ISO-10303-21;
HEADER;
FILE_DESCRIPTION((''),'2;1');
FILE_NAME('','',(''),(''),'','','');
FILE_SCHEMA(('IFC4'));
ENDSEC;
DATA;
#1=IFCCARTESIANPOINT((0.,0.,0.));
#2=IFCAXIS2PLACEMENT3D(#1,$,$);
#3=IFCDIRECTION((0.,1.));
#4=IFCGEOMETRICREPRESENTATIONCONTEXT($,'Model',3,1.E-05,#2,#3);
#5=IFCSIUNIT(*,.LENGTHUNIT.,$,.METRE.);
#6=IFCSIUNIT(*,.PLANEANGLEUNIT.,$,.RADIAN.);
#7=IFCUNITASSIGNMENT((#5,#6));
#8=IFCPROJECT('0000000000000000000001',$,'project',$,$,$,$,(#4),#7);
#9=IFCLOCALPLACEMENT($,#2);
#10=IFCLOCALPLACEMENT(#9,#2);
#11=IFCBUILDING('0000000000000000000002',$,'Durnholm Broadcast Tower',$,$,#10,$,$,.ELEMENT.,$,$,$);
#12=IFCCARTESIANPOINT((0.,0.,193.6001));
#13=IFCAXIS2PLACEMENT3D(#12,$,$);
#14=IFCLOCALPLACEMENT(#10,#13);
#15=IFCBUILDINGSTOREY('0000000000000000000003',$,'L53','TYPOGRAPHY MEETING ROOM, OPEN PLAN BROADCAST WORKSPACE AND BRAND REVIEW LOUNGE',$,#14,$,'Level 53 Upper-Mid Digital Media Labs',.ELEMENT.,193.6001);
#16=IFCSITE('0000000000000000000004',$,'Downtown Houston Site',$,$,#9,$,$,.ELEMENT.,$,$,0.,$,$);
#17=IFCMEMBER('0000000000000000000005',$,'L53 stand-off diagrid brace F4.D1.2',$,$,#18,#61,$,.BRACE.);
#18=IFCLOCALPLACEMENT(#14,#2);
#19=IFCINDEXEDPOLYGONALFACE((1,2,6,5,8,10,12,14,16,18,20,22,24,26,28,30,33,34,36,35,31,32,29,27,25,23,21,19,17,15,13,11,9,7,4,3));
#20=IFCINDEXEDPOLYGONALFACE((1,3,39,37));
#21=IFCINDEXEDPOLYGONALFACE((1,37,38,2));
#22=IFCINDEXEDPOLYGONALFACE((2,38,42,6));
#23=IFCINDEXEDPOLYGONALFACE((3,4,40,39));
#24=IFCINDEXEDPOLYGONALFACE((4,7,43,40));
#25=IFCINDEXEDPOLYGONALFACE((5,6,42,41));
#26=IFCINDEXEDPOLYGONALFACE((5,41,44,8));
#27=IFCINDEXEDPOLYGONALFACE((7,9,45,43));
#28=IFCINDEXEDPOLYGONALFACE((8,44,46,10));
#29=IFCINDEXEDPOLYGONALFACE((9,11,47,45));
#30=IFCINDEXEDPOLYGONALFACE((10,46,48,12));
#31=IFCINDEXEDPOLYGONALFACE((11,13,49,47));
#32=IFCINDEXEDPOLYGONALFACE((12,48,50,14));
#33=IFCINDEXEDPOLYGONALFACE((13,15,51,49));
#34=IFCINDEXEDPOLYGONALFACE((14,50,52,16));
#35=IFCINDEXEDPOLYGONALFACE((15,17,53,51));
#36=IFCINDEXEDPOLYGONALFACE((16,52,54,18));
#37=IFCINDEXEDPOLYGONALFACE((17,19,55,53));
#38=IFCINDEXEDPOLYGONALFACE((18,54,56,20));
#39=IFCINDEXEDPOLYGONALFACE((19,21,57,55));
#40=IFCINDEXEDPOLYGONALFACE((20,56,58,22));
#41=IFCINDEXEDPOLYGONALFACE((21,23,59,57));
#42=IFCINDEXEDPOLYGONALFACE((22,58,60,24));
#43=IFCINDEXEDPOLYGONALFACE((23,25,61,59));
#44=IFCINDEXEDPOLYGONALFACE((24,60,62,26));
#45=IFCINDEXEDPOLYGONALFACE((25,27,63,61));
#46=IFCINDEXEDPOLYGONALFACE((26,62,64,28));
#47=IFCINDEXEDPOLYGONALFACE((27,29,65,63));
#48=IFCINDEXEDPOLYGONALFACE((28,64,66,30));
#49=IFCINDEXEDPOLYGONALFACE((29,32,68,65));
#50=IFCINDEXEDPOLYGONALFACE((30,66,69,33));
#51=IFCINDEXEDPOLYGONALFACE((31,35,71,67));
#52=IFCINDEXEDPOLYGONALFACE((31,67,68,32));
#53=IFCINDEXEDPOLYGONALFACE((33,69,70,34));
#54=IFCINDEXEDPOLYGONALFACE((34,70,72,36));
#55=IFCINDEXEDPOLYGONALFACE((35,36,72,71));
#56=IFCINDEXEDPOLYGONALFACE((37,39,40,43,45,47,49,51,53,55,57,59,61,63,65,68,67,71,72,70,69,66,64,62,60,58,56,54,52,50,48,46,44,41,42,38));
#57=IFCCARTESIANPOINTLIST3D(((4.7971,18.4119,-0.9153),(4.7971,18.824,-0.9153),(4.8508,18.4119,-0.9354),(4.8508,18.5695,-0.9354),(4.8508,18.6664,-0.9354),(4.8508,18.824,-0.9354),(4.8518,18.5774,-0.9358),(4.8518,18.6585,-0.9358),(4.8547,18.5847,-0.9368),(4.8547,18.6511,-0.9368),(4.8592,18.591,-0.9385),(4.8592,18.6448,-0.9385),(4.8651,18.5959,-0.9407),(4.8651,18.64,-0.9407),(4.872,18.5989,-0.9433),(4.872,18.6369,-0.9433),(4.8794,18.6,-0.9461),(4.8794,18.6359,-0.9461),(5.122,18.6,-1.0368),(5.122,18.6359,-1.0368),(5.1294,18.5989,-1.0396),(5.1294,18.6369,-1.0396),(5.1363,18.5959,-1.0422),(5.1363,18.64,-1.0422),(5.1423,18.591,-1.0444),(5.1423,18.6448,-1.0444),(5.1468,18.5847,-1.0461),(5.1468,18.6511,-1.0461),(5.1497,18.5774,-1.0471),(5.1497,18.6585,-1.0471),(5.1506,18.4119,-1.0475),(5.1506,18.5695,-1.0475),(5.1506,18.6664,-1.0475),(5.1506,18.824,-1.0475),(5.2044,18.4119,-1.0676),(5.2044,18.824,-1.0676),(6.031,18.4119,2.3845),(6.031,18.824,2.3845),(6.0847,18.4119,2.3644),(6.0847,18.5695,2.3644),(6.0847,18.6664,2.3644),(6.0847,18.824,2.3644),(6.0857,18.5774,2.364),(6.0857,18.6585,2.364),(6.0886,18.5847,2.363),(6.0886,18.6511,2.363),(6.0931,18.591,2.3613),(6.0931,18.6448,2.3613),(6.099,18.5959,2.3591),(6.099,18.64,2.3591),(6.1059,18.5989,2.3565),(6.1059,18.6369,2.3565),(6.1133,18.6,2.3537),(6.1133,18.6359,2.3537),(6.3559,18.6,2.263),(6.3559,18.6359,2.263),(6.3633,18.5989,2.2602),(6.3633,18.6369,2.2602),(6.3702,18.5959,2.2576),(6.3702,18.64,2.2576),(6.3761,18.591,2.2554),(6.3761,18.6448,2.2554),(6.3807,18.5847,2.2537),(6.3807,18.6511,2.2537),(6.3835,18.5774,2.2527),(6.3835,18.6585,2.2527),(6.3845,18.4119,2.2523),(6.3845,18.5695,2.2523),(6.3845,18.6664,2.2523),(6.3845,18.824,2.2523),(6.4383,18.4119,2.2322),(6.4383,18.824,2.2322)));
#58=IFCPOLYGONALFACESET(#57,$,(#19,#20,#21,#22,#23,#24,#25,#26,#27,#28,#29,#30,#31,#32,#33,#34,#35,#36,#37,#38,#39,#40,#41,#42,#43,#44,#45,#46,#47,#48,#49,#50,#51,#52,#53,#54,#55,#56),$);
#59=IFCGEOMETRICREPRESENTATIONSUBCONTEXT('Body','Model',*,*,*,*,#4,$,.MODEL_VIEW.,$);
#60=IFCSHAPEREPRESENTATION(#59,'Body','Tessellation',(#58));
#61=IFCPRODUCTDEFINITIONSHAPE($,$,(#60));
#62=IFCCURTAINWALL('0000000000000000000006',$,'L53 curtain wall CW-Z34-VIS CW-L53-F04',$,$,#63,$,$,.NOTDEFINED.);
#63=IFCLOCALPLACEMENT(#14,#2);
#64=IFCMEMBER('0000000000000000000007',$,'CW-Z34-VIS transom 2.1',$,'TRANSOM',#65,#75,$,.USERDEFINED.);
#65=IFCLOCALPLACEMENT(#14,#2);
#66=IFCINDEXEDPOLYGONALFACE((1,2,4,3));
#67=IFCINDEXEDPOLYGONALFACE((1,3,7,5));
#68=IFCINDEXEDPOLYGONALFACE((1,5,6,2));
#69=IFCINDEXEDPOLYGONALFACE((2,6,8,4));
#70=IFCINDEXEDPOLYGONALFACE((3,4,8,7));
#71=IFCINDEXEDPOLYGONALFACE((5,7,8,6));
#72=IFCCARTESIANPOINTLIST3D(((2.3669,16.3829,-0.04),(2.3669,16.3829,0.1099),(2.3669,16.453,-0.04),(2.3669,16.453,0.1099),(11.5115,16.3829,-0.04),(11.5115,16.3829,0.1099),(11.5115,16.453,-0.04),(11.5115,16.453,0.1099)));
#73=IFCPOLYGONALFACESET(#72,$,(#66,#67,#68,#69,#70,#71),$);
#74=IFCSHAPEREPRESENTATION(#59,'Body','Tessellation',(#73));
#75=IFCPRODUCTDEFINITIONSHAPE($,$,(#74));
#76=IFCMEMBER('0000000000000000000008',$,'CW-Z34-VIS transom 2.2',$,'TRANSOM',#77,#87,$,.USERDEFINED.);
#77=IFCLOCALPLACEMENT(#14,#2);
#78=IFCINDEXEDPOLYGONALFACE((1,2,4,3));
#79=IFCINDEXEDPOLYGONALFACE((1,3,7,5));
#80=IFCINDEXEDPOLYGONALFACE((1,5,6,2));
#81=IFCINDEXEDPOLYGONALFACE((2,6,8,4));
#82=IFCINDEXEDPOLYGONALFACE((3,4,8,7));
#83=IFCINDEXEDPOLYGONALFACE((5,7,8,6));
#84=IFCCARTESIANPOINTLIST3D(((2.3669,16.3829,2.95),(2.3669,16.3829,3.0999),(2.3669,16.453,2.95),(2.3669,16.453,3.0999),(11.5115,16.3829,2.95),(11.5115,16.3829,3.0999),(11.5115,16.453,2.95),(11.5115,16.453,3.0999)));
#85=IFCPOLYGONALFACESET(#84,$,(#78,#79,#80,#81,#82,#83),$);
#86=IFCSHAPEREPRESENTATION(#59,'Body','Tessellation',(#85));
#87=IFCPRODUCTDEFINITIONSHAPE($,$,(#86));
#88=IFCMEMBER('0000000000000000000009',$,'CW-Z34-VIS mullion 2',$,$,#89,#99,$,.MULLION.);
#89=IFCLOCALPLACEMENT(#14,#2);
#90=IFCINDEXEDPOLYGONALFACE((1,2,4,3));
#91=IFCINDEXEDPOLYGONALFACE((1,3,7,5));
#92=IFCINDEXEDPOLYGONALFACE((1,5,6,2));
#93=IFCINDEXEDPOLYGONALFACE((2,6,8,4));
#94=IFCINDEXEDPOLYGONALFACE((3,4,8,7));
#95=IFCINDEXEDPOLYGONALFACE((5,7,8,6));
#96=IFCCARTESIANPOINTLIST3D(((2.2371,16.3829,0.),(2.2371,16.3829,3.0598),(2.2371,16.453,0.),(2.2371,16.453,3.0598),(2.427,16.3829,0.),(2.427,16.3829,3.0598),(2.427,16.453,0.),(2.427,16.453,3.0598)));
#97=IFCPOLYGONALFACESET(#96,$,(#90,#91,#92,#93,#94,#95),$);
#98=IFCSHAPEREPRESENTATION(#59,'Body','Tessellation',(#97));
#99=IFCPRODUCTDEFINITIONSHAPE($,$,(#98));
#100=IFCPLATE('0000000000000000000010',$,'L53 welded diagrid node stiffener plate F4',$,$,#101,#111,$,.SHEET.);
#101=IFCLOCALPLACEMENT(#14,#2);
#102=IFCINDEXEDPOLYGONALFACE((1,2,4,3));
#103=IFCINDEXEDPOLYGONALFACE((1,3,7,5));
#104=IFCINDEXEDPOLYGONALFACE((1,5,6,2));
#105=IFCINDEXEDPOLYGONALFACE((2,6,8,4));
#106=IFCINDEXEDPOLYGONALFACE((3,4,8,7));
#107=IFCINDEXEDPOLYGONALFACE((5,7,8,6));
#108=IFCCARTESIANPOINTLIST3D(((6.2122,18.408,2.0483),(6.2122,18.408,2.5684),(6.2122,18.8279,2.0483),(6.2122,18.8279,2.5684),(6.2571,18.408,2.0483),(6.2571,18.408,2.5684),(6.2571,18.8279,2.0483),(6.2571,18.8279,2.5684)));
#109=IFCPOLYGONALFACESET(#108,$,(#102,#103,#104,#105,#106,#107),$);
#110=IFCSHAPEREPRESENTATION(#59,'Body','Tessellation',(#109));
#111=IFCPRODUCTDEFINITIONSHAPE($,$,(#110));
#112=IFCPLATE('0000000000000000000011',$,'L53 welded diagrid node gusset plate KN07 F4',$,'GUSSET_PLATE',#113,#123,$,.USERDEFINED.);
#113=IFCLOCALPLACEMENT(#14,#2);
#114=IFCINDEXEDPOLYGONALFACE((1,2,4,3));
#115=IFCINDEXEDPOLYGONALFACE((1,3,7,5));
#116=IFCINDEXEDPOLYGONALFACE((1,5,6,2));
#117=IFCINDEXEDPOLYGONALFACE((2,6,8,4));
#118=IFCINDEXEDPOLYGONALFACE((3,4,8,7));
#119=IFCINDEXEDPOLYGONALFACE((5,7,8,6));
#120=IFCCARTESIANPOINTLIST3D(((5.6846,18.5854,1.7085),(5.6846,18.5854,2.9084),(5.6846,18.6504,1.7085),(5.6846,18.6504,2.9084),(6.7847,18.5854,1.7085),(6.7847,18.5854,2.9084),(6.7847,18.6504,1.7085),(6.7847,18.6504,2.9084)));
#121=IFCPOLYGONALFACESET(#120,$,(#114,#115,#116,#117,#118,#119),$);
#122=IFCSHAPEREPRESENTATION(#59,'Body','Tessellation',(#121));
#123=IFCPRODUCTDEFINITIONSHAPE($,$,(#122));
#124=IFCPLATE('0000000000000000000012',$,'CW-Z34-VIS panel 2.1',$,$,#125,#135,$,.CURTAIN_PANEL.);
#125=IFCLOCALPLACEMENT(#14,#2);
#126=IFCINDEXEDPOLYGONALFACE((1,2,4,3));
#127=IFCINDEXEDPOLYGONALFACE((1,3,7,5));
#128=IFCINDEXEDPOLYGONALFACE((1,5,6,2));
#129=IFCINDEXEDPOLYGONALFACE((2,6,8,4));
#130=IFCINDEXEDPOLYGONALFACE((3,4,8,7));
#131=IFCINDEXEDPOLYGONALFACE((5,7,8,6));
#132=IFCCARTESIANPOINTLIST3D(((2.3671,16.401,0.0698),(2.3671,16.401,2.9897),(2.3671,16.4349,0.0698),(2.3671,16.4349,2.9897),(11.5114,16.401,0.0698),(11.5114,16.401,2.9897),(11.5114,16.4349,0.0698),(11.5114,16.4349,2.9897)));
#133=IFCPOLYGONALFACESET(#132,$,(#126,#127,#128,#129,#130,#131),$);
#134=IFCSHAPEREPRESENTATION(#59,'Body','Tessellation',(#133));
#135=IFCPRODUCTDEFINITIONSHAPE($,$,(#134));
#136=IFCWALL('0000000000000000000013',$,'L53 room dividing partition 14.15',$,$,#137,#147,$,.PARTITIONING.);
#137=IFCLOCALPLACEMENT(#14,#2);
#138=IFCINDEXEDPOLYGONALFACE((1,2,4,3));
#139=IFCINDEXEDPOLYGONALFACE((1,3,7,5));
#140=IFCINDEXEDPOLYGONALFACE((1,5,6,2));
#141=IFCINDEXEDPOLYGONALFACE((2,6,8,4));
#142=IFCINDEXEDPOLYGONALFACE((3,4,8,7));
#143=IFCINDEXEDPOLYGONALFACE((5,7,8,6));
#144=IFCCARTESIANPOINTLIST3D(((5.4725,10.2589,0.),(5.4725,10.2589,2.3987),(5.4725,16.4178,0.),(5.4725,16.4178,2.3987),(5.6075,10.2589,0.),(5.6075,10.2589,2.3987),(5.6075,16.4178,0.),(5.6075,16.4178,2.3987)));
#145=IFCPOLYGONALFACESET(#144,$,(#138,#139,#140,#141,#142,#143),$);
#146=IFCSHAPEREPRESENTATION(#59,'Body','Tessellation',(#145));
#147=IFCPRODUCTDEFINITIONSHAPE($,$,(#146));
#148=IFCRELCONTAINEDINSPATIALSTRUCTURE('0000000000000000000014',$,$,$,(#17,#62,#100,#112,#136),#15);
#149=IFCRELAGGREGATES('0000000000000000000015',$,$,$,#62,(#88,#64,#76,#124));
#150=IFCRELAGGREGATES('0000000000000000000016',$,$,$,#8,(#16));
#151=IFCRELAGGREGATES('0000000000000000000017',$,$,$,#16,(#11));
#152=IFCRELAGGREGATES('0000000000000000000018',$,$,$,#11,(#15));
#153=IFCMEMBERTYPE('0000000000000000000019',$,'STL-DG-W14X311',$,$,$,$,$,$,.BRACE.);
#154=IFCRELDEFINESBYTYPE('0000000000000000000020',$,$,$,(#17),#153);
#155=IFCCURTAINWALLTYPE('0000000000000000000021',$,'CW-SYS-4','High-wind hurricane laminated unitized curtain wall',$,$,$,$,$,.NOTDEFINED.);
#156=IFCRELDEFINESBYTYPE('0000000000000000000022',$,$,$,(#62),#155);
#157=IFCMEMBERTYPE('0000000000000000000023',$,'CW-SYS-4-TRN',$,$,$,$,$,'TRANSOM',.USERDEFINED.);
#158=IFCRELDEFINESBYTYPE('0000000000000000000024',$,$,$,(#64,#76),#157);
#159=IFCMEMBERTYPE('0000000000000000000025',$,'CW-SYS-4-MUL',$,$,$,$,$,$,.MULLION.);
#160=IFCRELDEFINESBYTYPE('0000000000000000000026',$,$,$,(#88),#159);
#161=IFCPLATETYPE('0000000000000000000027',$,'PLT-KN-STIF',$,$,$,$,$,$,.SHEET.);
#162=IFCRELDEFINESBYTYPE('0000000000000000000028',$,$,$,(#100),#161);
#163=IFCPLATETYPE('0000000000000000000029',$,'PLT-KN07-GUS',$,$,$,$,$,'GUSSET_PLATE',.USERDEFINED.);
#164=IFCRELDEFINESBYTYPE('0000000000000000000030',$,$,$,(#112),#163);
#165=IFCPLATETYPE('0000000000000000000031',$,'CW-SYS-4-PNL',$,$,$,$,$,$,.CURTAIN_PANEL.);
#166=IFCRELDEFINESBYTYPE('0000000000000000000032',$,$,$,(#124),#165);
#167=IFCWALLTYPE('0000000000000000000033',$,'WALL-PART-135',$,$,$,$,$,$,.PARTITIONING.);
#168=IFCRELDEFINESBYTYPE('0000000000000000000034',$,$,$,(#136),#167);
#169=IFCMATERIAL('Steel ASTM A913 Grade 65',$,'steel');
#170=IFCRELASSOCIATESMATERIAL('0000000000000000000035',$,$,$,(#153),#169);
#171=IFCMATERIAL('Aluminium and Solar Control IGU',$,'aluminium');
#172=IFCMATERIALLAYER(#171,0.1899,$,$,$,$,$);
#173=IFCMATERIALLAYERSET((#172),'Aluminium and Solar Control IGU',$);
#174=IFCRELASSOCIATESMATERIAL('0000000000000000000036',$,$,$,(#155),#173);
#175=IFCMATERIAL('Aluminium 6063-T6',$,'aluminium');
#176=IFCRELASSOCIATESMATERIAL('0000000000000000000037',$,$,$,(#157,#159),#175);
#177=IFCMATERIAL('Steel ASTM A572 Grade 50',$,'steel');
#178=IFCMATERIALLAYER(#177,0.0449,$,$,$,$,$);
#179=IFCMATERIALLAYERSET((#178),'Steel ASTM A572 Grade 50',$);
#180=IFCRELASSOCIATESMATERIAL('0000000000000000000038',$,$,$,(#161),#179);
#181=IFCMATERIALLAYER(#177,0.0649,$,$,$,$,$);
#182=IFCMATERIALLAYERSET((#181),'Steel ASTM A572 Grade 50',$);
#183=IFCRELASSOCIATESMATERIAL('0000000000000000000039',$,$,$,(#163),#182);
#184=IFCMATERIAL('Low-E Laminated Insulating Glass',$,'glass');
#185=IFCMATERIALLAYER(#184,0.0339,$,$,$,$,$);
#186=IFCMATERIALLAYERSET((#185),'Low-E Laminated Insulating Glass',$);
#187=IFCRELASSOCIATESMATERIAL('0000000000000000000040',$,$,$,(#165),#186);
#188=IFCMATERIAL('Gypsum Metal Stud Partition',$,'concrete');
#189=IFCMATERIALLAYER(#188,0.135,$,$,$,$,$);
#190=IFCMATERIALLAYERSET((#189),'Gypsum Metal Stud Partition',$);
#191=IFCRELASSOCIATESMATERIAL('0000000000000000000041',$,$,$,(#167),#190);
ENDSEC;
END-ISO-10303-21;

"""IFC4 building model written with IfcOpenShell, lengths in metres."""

from ifc_helpers import new_model, si_unit, direction, frame, frame_2d, origin, origin_2d, place, context, subcontext, project, spatial, rectangle, i_section, extrude, source, transform, mapped, material, layer, layer_set, material_profile, profile_set, type_object, type_shapes, element, aggregate, save


model = new_model("IFC4")

# Units and contexts
model_context = context("Model", 3, precision=1e-05, world=origin(), true_north=direction((0.0, 1.0)))
body_context = subcontext(model_context, "Body", "Model", "MODEL_VIEW")
ifc_project = project(units=[si_unit("LENGTHUNIT", "METRE"), si_unit("PLANEANGLEUNIT", "RADIAN")], contexts=[model_context])

# Site, building, storey
site_placement = place(None, origin())
site = spatial("IfcSite", under=ifc_project, at=site_placement, Name="Downtown Houston Site", CompositionType="ELEMENT", RefElevation=0.0)
building_placement = place(site_placement, origin())
building = spatial("IfcBuilding", under=site, at=building_placement, Name="Durnholm Broadcast Tower", CompositionType="ELEMENT")
storey_placement = place(building_placement, frame((0.0, 0.0, 193.6001)))
storey = spatial("IfcBuildingStorey", under=building, at=storey_placement, Name="L53", Description="TYPOGRAPHY MEETING ROOM, OPEN PLAN BROADCAST WORKSPACE AND BRAND REVIEW LOUNGE", LongName="Level 53 Upper-Mid Digital Media Labs", CompositionType="ELEMENT", Elevation=193.6001)

# Member
ifc_material_1 = material(Name="Steel ASTM A913 Grade 65", Category="steel")
ifc_material_profile_1 = material_profile(ifc_material_1, i_section(OverallWidth=0.4121, OverallDepth=0.4348, WebThickness=0.0359, FlangeThickness=0.0574, FilletRadius=0.0305, at=origin_2d()), Name="W14X311")
ifc_profile_set_1 = profile_set([ifc_material_profile_1], Name="Steel ASTM A913 Grade 65")
member_type_1 = type_object("IfcMemberType", Name="STL-DG-W14X311", PredefinedType="BRACE", material=ifc_profile_set_1)
shared_shape_1 = source(origin(), body_context, "Body", "SweptSolid", [
    extrude(i_section(OverallWidth=0.4121, OverallDepth=0.4348, WebThickness=0.0359, FlangeThickness=0.0574, FilletRadius=0.0305, at=origin_2d()), origin(), (0.0, 0.0, 1.0), 3.5229),
])
type_shapes(member_type_1, [shared_shape_1])
for number, where, z_axis, x_axis, name in (
    (1, (5.0007, 18.6179, -0.9915), (0.350242, 0.0, 0.936659), (0.0, 1.0, 0.0), "L53 stand-off diagrid brace F4.D1.2"),
):
    element("IfcMember", number, at=place(storey_placement, frame(where, z_axis=z_axis, x_axis=x_axis)), inside=storey, type_object=member_type_1, Name=name, PredefinedType="BRACE", context=body_context, shape_type="MappedRepresentation", body=[
        mapped(shared_shape_1, transform((0.0, 0.0, 0.0), x_axis=(1.0, 0.0, 0.0), y_axis=(0.0, 1.0, 0.0), z_axis=(0.0, 0.0, 1.0), scale=1.0)),
    ])

# Curtain wall, members
ifc_material_2 = material(Name="Aluminium and Solar Control IGU", Category="aluminium")
ifc_layer_1 = layer(ifc_material_2, 0.1899)
ifc_layer_set_1 = layer_set([ifc_layer_1], Name="Aluminium and Solar Control IGU")
curtain_wall_type = type_object("IfcCurtainWallType", Name="CW-SYS-4", Description="High-wind hurricane laminated unitized curtain wall", PredefinedType="NOTDEFINED", material=ifc_layer_set_1)
curtain_wall_placement = place(storey_placement, origin())
curtain_wall = element("IfcCurtainWall", 2, at=curtain_wall_placement, inside=storey, type_object=curtain_wall_type, Name="L53 curtain wall CW-Z34-VIS CW-L53-F04", PredefinedType="NOTDEFINED")
ifc_material_3 = material(Name="Aluminium 6063-T6", Category="aluminium")
ifc_material_profile_2 = material_profile(ifc_material_3, rectangle(XDim=0.0701, YDim=0.1499, at=origin_2d()), Name="CWT70X150")
ifc_profile_set_2 = profile_set([ifc_material_profile_2], Name="Aluminium 6063-T6")
member_type_2 = type_object("IfcMemberType", Name="CW-SYS-4-TRN", ElementType="TRANSOM", PredefinedType="USERDEFINED", material=ifc_profile_set_2)
shared_shape_2 = source(origin(), body_context, "Body", "SweptSolid", [
    extrude(rectangle(XDim=0.0701, YDim=0.1499, at=origin_2d()), origin(), (0.0, 0.0, 1.0), 9.1445),
])
type_shapes(member_type_2, [shared_shape_2])
member_1_placement = place(storey_placement, frame((2.3669, 16.418, 0.0349), z_axis=(1.0, 0.0, 0.0), x_axis=(0.0, 1.0, 0.0)))
member_1 = element("IfcMember", 3, at=member_1_placement, type_object=member_type_2, Name="CW-Z34-VIS transom 2.1", ObjectType="TRANSOM", PredefinedType="USERDEFINED", context=body_context, shape_type="MappedRepresentation", body=[
    mapped(shared_shape_2, transform((0.0, 0.0, 0.0), x_axis=(1.0, 0.0, 0.0), y_axis=(0.0, 1.0, 0.0), z_axis=(0.0, 0.0, 1.0), scale=1.0)),
])
member_2_placement = place(storey_placement, frame((2.3669, 16.418, 3.0249), z_axis=(1.0, 0.0, 0.0), x_axis=(0.0, 1.0, 0.0)))
member_2 = element("IfcMember", 4, at=member_2_placement, type_object=member_type_2, Name="CW-Z34-VIS transom 2.2", ObjectType="TRANSOM", PredefinedType="USERDEFINED", context=body_context, shape_type="MappedRepresentation", body=[
    mapped(shared_shape_2, transform((0.0, 0.0, 0.0), x_axis=(1.0, 0.0, 0.0), y_axis=(0.0, 1.0, 0.0), z_axis=(0.0, 0.0, 1.0), scale=1.0)),
])
ifc_material_profile_3 = material_profile(ifc_material_3, rectangle(XDim=0.0701, YDim=0.1899, at=origin_2d()), Name="CWM70X190")
ifc_profile_set_3 = profile_set([ifc_material_profile_3], Name="Aluminium 6063-T6")
member_type_3 = type_object("IfcMemberType", Name="CW-SYS-4-MUL", PredefinedType="MULLION", material=ifc_profile_set_3)
shared_shape_3 = source(origin(), body_context, "Body", "SweptSolid", [
    extrude(rectangle(XDim=0.0701, YDim=0.1899, at=origin_2d()), origin(), (0.0, 0.0, 1.0), 3.0598),
])
type_shapes(member_type_3, [shared_shape_3])
member_3_placement = place(storey_placement, frame((2.332, 16.418, 0.0), z_axis=(0.0, 0.0, 1.0), x_axis=(0.0, 1.0, 0.0)))
member_3 = element("IfcMember", 5, at=member_3_placement, type_object=member_type_3, Name="CW-Z34-VIS mullion 2", PredefinedType="MULLION", context=body_context, shape_type="MappedRepresentation", body=[
    mapped(shared_shape_3, transform((0.0, 0.0, 0.0), x_axis=(1.0, 0.0, 0.0), y_axis=(0.0, 1.0, 0.0), z_axis=(0.0, 0.0, 1.0), scale=1.0)),
])

# Plates
ifc_material_4 = material(Name="Steel ASTM A572 Grade 50", Category="steel")
ifc_layer_2 = layer(ifc_material_4, 0.0449)
ifc_layer_set_2 = layer_set([ifc_layer_2], Name="Steel ASTM A572 Grade 50")
plate_type_1 = type_object("IfcPlateType", Name="PLT-KN-STIF", PredefinedType="SHEET", material=ifc_layer_set_2)
shared_shape_4 = source(origin(), body_context, "Body", "SweptSolid", [
    extrude(rectangle(XDim=0.0449, YDim=0.4199, at=origin_2d()), origin(), (0.0, 0.0, 1.0), 0.52),
])
type_shapes(plate_type_1, [shared_shape_4])
plate_1_placement = place(storey_placement, frame((6.2346, 18.6179, 2.0483), z_axis=(0.0, 0.0, 1.0), x_axis=(-1.0, 0.0, 0.0)))
element("IfcPlate", 6, at=plate_1_placement, inside=storey, type_object=plate_type_1, Name="L53 welded diagrid node stiffener plate F4", PredefinedType="SHEET", context=body_context, shape_type="MappedRepresentation", body=[
    mapped(shared_shape_4, transform((0.0, 0.0, 0.0), x_axis=(1.0, 0.0, 0.0), y_axis=(0.0, 1.0, 0.0), z_axis=(0.0, 0.0, 1.0), scale=1.0)),
])
ifc_layer_3 = layer(ifc_material_4, 0.0649)
ifc_layer_set_3 = layer_set([ifc_layer_3], Name="Steel ASTM A572 Grade 50")
plate_type_2 = type_object("IfcPlateType", Name="PLT-KN07-GUS", ElementType="GUSSET_PLATE", PredefinedType="USERDEFINED", material=ifc_layer_set_3)
shared_shape_5 = source(origin(), body_context, "Body", "SweptSolid", [
    extrude(rectangle(XDim=1.1001, YDim=0.0649, at=origin_2d()), origin(), (0.0, 0.0, 1.0), 1.2),
])
type_shapes(plate_type_2, [shared_shape_5])
plate_2_placement = place(storey_placement, frame((6.2346, 18.6179, 1.7085), z_axis=(0.0, 0.0, 1.0), x_axis=(-1.0, 0.0, 0.0)))
element("IfcPlate", 7, at=plate_2_placement, inside=storey, type_object=plate_type_2, Name="L53 welded diagrid node gusset plate KN07 F4", ObjectType="GUSSET_PLATE", PredefinedType="USERDEFINED", context=body_context, shape_type="MappedRepresentation", body=[
    mapped(shared_shape_5, transform((0.0, 0.0, 0.0), x_axis=(1.0, 0.0, 0.0), y_axis=(0.0, 1.0, 0.0), z_axis=(0.0, 0.0, 1.0), scale=1.0)),
])

# Plate
ifc_material_5 = material(Name="Low-E Laminated Insulating Glass", Category="glass")
ifc_layer_4 = layer(ifc_material_5, 0.0339)
ifc_layer_set_4 = layer_set([ifc_layer_4], Name="Low-E Laminated Insulating Glass")
plate_type_3 = type_object("IfcPlateType", Name="CW-SYS-4-PNL", PredefinedType="CURTAIN_PANEL", material=ifc_layer_set_4)
shared_shape_6 = source(origin(), body_context, "Body", "SweptSolid", [
    extrude(rectangle(XDim=9.1443, YDim=0.0339, at=origin_2d()), origin(), (0.0, 0.0, 1.0), 2.9199),
])
type_shapes(plate_type_3, [shared_shape_6])
plate_3_placement = place(storey_placement, frame((6.9392, 16.418, 0.0698), z_axis=(0.0, 0.0, 1.0), x_axis=(1.0, 0.0, 0.0)))
plate_3 = element("IfcPlate", 8, at=plate_3_placement, type_object=plate_type_3, Name="CW-Z34-VIS panel 2.1", PredefinedType="CURTAIN_PANEL", context=body_context, shape_type="MappedRepresentation", body=[
    mapped(shared_shape_6, transform((0.0, 0.0, 0.0), x_axis=(1.0, 0.0, 0.0), y_axis=(0.0, 1.0, 0.0), z_axis=(0.0, 0.0, 1.0), scale=1.0)),
])
aggregate(curtain_wall, [member_3, member_1, member_2, plate_3])

# Wall
ifc_material_6 = material(Name="Gypsum Metal Stud Partition", Category="concrete")
ifc_layer_5 = layer(ifc_material_6, 0.135)
ifc_layer_set_5 = layer_set([ifc_layer_5], Name="Gypsum Metal Stud Partition")
wall_type_1 = type_object("IfcWallType", Name="WALL-PART-135", PredefinedType="PARTITIONING", material=ifc_layer_set_5)
wall_1_placement = place(storey_placement, frame((5.54, 16.418, 0.0), z_axis=(0.0, 0.0, 1.0), x_axis=(0.0, -1.0, 0.0)))
element("IfcWall", 9, at=wall_1_placement, inside=storey, type_object=wall_type_1, Name="L53 room dividing partition 14.15", PredefinedType="PARTITIONING", context=body_context, shape_type="SweptSolid", body=[
    extrude(rectangle(XDim=6.1589, YDim=0.135, at=frame_2d((3.0796, 0.0))), origin(), (0.0, 0.0, 1.0), 2.3987),
])

save(model, "model.ifc")
